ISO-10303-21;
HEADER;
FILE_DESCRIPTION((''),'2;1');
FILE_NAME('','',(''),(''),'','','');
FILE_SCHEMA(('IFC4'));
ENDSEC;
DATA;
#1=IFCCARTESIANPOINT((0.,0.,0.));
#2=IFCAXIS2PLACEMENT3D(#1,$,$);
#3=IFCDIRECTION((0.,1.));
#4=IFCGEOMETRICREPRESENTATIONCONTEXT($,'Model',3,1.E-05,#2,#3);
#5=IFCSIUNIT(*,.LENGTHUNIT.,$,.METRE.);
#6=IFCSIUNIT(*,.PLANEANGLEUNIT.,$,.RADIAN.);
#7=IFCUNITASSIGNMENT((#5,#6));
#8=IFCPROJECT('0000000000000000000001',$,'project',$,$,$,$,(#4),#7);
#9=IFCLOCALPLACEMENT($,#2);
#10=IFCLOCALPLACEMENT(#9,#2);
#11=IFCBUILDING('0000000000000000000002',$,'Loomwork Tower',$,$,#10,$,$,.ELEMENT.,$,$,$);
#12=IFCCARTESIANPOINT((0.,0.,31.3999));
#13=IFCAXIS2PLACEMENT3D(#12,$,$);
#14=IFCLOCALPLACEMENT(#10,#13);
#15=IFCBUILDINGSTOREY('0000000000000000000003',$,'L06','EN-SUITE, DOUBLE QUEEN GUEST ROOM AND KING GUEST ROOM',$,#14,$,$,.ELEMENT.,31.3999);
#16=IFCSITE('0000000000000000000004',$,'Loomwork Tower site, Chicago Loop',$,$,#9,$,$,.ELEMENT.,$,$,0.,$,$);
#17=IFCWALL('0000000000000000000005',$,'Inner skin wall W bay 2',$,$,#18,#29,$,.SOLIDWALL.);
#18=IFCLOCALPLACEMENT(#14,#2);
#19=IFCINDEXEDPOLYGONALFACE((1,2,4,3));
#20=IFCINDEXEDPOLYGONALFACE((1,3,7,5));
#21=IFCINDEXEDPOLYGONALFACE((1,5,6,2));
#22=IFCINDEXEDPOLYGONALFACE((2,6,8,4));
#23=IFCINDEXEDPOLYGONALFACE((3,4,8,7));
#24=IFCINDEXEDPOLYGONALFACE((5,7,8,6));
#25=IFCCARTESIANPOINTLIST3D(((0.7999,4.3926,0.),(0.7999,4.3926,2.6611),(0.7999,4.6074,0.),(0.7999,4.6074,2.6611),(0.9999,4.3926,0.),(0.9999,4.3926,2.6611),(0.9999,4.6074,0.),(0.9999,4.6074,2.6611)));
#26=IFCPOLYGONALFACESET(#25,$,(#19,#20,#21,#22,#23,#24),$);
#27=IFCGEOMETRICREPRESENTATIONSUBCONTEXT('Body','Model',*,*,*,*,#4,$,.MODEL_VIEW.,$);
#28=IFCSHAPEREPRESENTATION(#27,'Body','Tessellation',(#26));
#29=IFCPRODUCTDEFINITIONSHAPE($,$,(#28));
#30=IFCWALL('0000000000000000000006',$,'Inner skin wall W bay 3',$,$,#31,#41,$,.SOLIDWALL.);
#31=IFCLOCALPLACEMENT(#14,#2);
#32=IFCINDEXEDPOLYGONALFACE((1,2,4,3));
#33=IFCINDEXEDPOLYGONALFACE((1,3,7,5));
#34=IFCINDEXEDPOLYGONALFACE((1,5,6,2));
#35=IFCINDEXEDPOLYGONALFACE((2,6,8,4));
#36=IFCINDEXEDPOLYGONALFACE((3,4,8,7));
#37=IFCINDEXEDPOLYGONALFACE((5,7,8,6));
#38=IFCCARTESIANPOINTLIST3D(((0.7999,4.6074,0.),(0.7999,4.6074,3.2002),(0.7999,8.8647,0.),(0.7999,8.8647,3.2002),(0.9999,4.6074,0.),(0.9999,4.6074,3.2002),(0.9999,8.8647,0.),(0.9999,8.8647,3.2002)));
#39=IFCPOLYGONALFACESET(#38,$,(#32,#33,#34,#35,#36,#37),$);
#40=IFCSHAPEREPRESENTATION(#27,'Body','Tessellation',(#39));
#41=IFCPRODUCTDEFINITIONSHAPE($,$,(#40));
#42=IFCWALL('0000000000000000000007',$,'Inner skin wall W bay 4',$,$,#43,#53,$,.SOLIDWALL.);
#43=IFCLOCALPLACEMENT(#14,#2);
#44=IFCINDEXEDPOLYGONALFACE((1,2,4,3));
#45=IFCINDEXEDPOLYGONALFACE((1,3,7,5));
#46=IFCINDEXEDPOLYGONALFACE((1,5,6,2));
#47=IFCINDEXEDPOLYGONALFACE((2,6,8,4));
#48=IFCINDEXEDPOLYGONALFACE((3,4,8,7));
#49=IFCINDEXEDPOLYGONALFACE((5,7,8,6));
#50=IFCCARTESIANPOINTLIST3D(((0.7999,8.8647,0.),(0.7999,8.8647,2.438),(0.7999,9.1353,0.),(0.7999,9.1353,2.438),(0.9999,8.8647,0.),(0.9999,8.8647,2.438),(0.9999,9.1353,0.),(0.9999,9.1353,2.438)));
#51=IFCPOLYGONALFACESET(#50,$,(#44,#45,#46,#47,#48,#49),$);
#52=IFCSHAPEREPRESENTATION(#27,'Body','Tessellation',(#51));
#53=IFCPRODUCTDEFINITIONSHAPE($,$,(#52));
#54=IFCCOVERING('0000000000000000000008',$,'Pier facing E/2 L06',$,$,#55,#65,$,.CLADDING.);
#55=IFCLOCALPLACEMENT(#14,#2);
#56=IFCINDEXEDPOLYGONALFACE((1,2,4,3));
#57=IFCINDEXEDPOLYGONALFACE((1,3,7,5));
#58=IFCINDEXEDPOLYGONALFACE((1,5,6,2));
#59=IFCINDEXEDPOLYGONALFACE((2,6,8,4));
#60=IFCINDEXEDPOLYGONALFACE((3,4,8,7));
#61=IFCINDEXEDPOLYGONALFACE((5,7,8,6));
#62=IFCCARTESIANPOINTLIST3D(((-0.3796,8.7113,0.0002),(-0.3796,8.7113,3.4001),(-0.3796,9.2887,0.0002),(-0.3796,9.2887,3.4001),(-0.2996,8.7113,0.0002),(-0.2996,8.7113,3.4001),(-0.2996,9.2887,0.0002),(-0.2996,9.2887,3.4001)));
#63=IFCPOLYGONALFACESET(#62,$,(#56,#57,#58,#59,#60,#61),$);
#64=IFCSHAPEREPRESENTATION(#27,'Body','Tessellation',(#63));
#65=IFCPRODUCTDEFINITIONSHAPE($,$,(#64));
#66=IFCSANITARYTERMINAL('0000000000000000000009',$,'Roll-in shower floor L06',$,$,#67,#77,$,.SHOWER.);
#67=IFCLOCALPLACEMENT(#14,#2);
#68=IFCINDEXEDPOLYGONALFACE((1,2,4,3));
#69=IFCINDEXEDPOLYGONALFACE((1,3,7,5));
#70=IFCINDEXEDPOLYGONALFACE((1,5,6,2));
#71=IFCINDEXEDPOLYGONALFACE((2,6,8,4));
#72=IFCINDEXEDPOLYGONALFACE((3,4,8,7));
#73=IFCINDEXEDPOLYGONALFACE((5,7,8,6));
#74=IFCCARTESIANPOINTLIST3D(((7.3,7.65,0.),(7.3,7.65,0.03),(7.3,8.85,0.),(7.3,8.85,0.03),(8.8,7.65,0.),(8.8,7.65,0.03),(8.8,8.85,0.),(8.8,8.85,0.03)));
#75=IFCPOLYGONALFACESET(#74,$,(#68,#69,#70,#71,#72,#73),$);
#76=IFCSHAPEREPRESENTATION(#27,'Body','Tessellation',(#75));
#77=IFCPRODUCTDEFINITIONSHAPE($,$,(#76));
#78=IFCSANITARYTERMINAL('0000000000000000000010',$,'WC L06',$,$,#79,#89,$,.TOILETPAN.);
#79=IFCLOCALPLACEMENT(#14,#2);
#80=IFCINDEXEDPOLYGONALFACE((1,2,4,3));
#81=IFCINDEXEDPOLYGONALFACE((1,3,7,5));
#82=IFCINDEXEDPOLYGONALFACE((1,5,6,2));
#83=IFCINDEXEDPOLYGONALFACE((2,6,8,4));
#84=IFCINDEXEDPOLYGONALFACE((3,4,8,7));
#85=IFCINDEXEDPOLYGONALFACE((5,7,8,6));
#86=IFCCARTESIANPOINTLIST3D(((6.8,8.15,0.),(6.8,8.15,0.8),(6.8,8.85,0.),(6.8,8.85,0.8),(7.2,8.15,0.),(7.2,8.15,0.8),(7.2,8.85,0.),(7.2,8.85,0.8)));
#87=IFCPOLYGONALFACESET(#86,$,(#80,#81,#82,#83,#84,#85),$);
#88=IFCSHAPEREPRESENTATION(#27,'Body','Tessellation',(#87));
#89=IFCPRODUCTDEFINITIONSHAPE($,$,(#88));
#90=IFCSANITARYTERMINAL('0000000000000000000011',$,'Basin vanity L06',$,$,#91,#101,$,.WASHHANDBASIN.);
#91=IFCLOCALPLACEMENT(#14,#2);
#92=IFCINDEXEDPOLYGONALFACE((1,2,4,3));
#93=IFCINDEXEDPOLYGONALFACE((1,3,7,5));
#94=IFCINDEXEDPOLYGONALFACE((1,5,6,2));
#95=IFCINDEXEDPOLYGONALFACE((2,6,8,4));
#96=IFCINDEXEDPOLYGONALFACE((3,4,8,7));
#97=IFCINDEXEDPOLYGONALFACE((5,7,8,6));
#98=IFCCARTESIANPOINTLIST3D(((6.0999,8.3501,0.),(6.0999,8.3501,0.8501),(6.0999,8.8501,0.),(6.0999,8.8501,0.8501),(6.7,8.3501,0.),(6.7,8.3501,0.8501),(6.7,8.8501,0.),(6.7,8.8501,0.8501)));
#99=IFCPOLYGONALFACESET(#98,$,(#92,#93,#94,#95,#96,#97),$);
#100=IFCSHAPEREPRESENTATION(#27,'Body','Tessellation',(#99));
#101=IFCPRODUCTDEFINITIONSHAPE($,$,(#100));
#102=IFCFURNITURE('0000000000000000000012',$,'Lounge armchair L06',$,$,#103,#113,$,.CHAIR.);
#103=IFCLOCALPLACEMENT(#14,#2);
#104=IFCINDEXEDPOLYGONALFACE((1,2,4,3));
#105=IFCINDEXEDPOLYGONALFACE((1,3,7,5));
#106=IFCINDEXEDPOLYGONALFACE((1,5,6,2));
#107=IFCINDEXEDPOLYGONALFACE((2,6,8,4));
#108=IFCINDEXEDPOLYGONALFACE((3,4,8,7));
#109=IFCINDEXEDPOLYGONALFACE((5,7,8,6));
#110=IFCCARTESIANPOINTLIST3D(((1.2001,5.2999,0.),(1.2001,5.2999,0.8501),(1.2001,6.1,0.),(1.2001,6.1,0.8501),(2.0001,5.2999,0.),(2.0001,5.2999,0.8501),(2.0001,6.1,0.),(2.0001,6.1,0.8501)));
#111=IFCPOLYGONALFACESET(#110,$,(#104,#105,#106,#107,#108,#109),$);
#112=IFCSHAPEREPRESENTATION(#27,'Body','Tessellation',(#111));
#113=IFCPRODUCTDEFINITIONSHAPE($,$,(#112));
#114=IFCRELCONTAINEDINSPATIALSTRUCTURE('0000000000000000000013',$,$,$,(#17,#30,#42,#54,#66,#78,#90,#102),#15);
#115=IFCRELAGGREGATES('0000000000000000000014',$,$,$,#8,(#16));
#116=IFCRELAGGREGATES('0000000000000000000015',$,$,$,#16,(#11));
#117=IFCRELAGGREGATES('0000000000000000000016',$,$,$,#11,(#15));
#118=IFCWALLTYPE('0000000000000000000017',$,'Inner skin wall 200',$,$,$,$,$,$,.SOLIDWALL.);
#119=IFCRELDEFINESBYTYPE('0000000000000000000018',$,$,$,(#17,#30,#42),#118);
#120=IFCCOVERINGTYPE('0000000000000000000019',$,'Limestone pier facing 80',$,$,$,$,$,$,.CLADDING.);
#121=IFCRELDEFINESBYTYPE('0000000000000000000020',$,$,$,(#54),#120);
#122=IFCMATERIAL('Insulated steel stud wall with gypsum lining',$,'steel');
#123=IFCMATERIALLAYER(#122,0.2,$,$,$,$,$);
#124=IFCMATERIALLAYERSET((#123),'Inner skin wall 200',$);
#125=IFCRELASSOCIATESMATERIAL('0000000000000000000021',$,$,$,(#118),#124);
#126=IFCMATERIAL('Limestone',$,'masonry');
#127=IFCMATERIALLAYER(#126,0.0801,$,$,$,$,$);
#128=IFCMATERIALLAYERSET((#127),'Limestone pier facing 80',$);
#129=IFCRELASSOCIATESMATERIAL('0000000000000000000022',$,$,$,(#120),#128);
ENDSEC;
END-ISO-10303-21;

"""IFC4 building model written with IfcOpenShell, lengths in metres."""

from ifc_helpers import new_model, si_unit, direction, frame, frame_2d, origin, origin_2d, place, context, subcontext, project, spatial, rectangle, extrude, material, layer, layer_set, type_object, element, save


model = new_model("IFC4")

# Units and contexts
model_context = context("Model", 3, precision=1e-05, world=origin(), true_north=direction((0.0, 1.0)))
body_context = subcontext(model_context, "Body", "Model", "MODEL_VIEW")
ifc_project = project(units=[si_unit("LENGTHUNIT", "METRE"), si_unit("PLANEANGLEUNIT", "RADIAN")], contexts=[model_context])

# Site, building, storey
site_placement = place(None, origin())
site = spatial("IfcSite", under=ifc_project, at=site_placement, Name="Loomwork Tower site, Chicago Loop", CompositionType="ELEMENT", RefElevation=0.0)
building_placement = place(site_placement, origin())
building = spatial("IfcBuilding", under=site, at=building_placement, Name="Loomwork Tower", CompositionType="ELEMENT")
storey_placement = place(building_placement, frame((0.0, 0.0, 31.3999)))
storey = spatial("IfcBuildingStorey", under=building, at=storey_placement, Name="L06", Description="EN-SUITE, DOUBLE QUEEN GUEST ROOM AND KING GUEST ROOM", CompositionType="ELEMENT", Elevation=31.3999)

# Walls
ifc_material_1 = material(Name="Insulated steel stud wall with gypsum lining", Category="steel")
ifc_layer_1 = layer(ifc_material_1, 0.2)
ifc_layer_set_1 = layer_set([ifc_layer_1], Name="Inner skin wall 200")
wall_type_1 = type_object("IfcWallType", Name="Inner skin wall 200", PredefinedType="SOLIDWALL", material=ifc_layer_set_1)
wall_1_placement = place(storey_placement, frame((0.8999, 4.3926, 0.0), z_axis=(0.0, 0.0, 1.0), x_axis=(0.0, 1.0, 0.0)))
element("IfcWall", 1, at=wall_1_placement, inside=storey, type_object=wall_type_1, Name="Inner skin wall W bay 2", PredefinedType="SOLIDWALL", context=body_context, shape_type="SweptSolid", body=[
    extrude(rectangle(XDim=0.2148, YDim=0.2, at=frame_2d((0.1074, 0.0))), origin(), (0.0, 0.0, 1.0), 2.6611),
])
wall_2_placement = place(storey_placement, frame((0.8999, 4.6074, 0.0), z_axis=(0.0, 0.0, 1.0), x_axis=(0.0, 1.0, 0.0)))
element("IfcWall", 2, at=wall_2_placement, inside=storey, type_object=wall_type_1, Name="Inner skin wall W bay 3", PredefinedType="SOLIDWALL", context=body_context, shape_type="SweptSolid", body=[
    extrude(rectangle(XDim=4.2573, YDim=0.2, at=frame_2d((2.1287, 0.0))), origin(), (0.0, 0.0, 1.0), 3.2002),
])
wall_3_placement = place(storey_placement, frame((0.8999, 8.8647, 0.0), z_axis=(0.0, 0.0, 1.0), x_axis=(0.0, 1.0, 0.0)))
element("IfcWall", 3, at=wall_3_placement, inside=storey, type_object=wall_type_1, Name="Inner skin wall W bay 4", PredefinedType="SOLIDWALL", context=body_context, shape_type="SweptSolid", body=[
    extrude(rectangle(XDim=0.2705, YDim=0.2, at=frame_2d((0.1353, 0.0))), origin(), (0.0, 0.0, 1.0), 2.438),
])

# Covering
ifc_material_2 = material(Name="Limestone", Category="masonry")
ifc_layer_2 = layer(ifc_material_2, 0.0801)
ifc_layer_set_2 = layer_set([ifc_layer_2], Name="Limestone pier facing 80")
covering_type = type_object("IfcCoveringType", Name="Limestone pier facing 80", PredefinedType="CLADDING", material=ifc_layer_set_2)
covering_placement = place(storey_placement, frame((-0.3396, 9.0, 0.0002), z_axis=(0.0, 0.0, 1.0), x_axis=(1.0, 0.0, 0.0)))
element("IfcCovering", 4, at=covering_placement, inside=storey, type_object=covering_type, Name="Pier facing E/2 L06", PredefinedType="CLADDING", context=body_context, shape_type="SweptSolid", body=[
    extrude(rectangle(XDim=0.0801, YDim=0.5774, at=origin_2d()), origin(), (0.0, 0.0, 1.0), 3.3999),
])

# Sanitary terminals
sanitary_terminal_1_placement = place(storey_placement, frame((8.05, 8.25, 0.0), z_axis=(0.0, 0.0, 1.0), x_axis=(1.0, 0.0, 0.0)))
element("IfcSanitaryTerminal", 5, at=sanitary_terminal_1_placement, inside=storey, Name="Roll-in shower floor L06", PredefinedType="SHOWER", context=body_context, shape_type="SweptSolid", body=[
    extrude(rectangle(XDim=1.5, YDim=1.2, at=origin_2d()), origin(), (0.0, 0.0, 1.0), 0.03),
])
sanitary_terminal_2_placement = place(storey_placement, frame((7.0, 8.5, 0.0), z_axis=(0.0, 0.0, 1.0), x_axis=(1.0, 0.0, 0.0)))
element("IfcSanitaryTerminal", 6, at=sanitary_terminal_2_placement, inside=storey, Name="WC L06", PredefinedType="TOILETPAN", context=body_context, shape_type="SweptSolid", body=[
    extrude(rectangle(XDim=0.3999, YDim=0.7, at=origin_2d()), origin(), (0.0, 0.0, 1.0), 0.8),
])
sanitary_terminal_3_placement = place(storey_placement, frame((6.3999, 8.6001, 0.0), z_axis=(0.0, 0.0, 1.0), x_axis=(1.0, 0.0, 0.0)))
element("IfcSanitaryTerminal", 7, at=sanitary_terminal_3_placement, inside=storey, Name="Basin vanity L06", PredefinedType="WASHHANDBASIN", context=body_context, shape_type="SweptSolid", body=[
    extrude(rectangle(XDim=0.6001, YDim=0.5, at=origin_2d()), origin(), (0.0, 0.0, 1.0), 0.8501),
])

# Furniture
furniture_placement = place(storey_placement, frame((1.6001, 5.7, 0.0), z_axis=(0.0, 0.0, 1.0), x_axis=(1.0, 0.0, 0.0)))
element("IfcFurniture", 8, at=furniture_placement, inside=storey, Name="Lounge armchair L06", PredefinedType="CHAIR", context=body_context, shape_type="SweptSolid", body=[
    extrude(rectangle(XDim=0.8, YDim=0.8, at=origin_2d()), origin(), (0.0, 0.0, 1.0), 0.8501),
])

save(model, "model.ifc")
